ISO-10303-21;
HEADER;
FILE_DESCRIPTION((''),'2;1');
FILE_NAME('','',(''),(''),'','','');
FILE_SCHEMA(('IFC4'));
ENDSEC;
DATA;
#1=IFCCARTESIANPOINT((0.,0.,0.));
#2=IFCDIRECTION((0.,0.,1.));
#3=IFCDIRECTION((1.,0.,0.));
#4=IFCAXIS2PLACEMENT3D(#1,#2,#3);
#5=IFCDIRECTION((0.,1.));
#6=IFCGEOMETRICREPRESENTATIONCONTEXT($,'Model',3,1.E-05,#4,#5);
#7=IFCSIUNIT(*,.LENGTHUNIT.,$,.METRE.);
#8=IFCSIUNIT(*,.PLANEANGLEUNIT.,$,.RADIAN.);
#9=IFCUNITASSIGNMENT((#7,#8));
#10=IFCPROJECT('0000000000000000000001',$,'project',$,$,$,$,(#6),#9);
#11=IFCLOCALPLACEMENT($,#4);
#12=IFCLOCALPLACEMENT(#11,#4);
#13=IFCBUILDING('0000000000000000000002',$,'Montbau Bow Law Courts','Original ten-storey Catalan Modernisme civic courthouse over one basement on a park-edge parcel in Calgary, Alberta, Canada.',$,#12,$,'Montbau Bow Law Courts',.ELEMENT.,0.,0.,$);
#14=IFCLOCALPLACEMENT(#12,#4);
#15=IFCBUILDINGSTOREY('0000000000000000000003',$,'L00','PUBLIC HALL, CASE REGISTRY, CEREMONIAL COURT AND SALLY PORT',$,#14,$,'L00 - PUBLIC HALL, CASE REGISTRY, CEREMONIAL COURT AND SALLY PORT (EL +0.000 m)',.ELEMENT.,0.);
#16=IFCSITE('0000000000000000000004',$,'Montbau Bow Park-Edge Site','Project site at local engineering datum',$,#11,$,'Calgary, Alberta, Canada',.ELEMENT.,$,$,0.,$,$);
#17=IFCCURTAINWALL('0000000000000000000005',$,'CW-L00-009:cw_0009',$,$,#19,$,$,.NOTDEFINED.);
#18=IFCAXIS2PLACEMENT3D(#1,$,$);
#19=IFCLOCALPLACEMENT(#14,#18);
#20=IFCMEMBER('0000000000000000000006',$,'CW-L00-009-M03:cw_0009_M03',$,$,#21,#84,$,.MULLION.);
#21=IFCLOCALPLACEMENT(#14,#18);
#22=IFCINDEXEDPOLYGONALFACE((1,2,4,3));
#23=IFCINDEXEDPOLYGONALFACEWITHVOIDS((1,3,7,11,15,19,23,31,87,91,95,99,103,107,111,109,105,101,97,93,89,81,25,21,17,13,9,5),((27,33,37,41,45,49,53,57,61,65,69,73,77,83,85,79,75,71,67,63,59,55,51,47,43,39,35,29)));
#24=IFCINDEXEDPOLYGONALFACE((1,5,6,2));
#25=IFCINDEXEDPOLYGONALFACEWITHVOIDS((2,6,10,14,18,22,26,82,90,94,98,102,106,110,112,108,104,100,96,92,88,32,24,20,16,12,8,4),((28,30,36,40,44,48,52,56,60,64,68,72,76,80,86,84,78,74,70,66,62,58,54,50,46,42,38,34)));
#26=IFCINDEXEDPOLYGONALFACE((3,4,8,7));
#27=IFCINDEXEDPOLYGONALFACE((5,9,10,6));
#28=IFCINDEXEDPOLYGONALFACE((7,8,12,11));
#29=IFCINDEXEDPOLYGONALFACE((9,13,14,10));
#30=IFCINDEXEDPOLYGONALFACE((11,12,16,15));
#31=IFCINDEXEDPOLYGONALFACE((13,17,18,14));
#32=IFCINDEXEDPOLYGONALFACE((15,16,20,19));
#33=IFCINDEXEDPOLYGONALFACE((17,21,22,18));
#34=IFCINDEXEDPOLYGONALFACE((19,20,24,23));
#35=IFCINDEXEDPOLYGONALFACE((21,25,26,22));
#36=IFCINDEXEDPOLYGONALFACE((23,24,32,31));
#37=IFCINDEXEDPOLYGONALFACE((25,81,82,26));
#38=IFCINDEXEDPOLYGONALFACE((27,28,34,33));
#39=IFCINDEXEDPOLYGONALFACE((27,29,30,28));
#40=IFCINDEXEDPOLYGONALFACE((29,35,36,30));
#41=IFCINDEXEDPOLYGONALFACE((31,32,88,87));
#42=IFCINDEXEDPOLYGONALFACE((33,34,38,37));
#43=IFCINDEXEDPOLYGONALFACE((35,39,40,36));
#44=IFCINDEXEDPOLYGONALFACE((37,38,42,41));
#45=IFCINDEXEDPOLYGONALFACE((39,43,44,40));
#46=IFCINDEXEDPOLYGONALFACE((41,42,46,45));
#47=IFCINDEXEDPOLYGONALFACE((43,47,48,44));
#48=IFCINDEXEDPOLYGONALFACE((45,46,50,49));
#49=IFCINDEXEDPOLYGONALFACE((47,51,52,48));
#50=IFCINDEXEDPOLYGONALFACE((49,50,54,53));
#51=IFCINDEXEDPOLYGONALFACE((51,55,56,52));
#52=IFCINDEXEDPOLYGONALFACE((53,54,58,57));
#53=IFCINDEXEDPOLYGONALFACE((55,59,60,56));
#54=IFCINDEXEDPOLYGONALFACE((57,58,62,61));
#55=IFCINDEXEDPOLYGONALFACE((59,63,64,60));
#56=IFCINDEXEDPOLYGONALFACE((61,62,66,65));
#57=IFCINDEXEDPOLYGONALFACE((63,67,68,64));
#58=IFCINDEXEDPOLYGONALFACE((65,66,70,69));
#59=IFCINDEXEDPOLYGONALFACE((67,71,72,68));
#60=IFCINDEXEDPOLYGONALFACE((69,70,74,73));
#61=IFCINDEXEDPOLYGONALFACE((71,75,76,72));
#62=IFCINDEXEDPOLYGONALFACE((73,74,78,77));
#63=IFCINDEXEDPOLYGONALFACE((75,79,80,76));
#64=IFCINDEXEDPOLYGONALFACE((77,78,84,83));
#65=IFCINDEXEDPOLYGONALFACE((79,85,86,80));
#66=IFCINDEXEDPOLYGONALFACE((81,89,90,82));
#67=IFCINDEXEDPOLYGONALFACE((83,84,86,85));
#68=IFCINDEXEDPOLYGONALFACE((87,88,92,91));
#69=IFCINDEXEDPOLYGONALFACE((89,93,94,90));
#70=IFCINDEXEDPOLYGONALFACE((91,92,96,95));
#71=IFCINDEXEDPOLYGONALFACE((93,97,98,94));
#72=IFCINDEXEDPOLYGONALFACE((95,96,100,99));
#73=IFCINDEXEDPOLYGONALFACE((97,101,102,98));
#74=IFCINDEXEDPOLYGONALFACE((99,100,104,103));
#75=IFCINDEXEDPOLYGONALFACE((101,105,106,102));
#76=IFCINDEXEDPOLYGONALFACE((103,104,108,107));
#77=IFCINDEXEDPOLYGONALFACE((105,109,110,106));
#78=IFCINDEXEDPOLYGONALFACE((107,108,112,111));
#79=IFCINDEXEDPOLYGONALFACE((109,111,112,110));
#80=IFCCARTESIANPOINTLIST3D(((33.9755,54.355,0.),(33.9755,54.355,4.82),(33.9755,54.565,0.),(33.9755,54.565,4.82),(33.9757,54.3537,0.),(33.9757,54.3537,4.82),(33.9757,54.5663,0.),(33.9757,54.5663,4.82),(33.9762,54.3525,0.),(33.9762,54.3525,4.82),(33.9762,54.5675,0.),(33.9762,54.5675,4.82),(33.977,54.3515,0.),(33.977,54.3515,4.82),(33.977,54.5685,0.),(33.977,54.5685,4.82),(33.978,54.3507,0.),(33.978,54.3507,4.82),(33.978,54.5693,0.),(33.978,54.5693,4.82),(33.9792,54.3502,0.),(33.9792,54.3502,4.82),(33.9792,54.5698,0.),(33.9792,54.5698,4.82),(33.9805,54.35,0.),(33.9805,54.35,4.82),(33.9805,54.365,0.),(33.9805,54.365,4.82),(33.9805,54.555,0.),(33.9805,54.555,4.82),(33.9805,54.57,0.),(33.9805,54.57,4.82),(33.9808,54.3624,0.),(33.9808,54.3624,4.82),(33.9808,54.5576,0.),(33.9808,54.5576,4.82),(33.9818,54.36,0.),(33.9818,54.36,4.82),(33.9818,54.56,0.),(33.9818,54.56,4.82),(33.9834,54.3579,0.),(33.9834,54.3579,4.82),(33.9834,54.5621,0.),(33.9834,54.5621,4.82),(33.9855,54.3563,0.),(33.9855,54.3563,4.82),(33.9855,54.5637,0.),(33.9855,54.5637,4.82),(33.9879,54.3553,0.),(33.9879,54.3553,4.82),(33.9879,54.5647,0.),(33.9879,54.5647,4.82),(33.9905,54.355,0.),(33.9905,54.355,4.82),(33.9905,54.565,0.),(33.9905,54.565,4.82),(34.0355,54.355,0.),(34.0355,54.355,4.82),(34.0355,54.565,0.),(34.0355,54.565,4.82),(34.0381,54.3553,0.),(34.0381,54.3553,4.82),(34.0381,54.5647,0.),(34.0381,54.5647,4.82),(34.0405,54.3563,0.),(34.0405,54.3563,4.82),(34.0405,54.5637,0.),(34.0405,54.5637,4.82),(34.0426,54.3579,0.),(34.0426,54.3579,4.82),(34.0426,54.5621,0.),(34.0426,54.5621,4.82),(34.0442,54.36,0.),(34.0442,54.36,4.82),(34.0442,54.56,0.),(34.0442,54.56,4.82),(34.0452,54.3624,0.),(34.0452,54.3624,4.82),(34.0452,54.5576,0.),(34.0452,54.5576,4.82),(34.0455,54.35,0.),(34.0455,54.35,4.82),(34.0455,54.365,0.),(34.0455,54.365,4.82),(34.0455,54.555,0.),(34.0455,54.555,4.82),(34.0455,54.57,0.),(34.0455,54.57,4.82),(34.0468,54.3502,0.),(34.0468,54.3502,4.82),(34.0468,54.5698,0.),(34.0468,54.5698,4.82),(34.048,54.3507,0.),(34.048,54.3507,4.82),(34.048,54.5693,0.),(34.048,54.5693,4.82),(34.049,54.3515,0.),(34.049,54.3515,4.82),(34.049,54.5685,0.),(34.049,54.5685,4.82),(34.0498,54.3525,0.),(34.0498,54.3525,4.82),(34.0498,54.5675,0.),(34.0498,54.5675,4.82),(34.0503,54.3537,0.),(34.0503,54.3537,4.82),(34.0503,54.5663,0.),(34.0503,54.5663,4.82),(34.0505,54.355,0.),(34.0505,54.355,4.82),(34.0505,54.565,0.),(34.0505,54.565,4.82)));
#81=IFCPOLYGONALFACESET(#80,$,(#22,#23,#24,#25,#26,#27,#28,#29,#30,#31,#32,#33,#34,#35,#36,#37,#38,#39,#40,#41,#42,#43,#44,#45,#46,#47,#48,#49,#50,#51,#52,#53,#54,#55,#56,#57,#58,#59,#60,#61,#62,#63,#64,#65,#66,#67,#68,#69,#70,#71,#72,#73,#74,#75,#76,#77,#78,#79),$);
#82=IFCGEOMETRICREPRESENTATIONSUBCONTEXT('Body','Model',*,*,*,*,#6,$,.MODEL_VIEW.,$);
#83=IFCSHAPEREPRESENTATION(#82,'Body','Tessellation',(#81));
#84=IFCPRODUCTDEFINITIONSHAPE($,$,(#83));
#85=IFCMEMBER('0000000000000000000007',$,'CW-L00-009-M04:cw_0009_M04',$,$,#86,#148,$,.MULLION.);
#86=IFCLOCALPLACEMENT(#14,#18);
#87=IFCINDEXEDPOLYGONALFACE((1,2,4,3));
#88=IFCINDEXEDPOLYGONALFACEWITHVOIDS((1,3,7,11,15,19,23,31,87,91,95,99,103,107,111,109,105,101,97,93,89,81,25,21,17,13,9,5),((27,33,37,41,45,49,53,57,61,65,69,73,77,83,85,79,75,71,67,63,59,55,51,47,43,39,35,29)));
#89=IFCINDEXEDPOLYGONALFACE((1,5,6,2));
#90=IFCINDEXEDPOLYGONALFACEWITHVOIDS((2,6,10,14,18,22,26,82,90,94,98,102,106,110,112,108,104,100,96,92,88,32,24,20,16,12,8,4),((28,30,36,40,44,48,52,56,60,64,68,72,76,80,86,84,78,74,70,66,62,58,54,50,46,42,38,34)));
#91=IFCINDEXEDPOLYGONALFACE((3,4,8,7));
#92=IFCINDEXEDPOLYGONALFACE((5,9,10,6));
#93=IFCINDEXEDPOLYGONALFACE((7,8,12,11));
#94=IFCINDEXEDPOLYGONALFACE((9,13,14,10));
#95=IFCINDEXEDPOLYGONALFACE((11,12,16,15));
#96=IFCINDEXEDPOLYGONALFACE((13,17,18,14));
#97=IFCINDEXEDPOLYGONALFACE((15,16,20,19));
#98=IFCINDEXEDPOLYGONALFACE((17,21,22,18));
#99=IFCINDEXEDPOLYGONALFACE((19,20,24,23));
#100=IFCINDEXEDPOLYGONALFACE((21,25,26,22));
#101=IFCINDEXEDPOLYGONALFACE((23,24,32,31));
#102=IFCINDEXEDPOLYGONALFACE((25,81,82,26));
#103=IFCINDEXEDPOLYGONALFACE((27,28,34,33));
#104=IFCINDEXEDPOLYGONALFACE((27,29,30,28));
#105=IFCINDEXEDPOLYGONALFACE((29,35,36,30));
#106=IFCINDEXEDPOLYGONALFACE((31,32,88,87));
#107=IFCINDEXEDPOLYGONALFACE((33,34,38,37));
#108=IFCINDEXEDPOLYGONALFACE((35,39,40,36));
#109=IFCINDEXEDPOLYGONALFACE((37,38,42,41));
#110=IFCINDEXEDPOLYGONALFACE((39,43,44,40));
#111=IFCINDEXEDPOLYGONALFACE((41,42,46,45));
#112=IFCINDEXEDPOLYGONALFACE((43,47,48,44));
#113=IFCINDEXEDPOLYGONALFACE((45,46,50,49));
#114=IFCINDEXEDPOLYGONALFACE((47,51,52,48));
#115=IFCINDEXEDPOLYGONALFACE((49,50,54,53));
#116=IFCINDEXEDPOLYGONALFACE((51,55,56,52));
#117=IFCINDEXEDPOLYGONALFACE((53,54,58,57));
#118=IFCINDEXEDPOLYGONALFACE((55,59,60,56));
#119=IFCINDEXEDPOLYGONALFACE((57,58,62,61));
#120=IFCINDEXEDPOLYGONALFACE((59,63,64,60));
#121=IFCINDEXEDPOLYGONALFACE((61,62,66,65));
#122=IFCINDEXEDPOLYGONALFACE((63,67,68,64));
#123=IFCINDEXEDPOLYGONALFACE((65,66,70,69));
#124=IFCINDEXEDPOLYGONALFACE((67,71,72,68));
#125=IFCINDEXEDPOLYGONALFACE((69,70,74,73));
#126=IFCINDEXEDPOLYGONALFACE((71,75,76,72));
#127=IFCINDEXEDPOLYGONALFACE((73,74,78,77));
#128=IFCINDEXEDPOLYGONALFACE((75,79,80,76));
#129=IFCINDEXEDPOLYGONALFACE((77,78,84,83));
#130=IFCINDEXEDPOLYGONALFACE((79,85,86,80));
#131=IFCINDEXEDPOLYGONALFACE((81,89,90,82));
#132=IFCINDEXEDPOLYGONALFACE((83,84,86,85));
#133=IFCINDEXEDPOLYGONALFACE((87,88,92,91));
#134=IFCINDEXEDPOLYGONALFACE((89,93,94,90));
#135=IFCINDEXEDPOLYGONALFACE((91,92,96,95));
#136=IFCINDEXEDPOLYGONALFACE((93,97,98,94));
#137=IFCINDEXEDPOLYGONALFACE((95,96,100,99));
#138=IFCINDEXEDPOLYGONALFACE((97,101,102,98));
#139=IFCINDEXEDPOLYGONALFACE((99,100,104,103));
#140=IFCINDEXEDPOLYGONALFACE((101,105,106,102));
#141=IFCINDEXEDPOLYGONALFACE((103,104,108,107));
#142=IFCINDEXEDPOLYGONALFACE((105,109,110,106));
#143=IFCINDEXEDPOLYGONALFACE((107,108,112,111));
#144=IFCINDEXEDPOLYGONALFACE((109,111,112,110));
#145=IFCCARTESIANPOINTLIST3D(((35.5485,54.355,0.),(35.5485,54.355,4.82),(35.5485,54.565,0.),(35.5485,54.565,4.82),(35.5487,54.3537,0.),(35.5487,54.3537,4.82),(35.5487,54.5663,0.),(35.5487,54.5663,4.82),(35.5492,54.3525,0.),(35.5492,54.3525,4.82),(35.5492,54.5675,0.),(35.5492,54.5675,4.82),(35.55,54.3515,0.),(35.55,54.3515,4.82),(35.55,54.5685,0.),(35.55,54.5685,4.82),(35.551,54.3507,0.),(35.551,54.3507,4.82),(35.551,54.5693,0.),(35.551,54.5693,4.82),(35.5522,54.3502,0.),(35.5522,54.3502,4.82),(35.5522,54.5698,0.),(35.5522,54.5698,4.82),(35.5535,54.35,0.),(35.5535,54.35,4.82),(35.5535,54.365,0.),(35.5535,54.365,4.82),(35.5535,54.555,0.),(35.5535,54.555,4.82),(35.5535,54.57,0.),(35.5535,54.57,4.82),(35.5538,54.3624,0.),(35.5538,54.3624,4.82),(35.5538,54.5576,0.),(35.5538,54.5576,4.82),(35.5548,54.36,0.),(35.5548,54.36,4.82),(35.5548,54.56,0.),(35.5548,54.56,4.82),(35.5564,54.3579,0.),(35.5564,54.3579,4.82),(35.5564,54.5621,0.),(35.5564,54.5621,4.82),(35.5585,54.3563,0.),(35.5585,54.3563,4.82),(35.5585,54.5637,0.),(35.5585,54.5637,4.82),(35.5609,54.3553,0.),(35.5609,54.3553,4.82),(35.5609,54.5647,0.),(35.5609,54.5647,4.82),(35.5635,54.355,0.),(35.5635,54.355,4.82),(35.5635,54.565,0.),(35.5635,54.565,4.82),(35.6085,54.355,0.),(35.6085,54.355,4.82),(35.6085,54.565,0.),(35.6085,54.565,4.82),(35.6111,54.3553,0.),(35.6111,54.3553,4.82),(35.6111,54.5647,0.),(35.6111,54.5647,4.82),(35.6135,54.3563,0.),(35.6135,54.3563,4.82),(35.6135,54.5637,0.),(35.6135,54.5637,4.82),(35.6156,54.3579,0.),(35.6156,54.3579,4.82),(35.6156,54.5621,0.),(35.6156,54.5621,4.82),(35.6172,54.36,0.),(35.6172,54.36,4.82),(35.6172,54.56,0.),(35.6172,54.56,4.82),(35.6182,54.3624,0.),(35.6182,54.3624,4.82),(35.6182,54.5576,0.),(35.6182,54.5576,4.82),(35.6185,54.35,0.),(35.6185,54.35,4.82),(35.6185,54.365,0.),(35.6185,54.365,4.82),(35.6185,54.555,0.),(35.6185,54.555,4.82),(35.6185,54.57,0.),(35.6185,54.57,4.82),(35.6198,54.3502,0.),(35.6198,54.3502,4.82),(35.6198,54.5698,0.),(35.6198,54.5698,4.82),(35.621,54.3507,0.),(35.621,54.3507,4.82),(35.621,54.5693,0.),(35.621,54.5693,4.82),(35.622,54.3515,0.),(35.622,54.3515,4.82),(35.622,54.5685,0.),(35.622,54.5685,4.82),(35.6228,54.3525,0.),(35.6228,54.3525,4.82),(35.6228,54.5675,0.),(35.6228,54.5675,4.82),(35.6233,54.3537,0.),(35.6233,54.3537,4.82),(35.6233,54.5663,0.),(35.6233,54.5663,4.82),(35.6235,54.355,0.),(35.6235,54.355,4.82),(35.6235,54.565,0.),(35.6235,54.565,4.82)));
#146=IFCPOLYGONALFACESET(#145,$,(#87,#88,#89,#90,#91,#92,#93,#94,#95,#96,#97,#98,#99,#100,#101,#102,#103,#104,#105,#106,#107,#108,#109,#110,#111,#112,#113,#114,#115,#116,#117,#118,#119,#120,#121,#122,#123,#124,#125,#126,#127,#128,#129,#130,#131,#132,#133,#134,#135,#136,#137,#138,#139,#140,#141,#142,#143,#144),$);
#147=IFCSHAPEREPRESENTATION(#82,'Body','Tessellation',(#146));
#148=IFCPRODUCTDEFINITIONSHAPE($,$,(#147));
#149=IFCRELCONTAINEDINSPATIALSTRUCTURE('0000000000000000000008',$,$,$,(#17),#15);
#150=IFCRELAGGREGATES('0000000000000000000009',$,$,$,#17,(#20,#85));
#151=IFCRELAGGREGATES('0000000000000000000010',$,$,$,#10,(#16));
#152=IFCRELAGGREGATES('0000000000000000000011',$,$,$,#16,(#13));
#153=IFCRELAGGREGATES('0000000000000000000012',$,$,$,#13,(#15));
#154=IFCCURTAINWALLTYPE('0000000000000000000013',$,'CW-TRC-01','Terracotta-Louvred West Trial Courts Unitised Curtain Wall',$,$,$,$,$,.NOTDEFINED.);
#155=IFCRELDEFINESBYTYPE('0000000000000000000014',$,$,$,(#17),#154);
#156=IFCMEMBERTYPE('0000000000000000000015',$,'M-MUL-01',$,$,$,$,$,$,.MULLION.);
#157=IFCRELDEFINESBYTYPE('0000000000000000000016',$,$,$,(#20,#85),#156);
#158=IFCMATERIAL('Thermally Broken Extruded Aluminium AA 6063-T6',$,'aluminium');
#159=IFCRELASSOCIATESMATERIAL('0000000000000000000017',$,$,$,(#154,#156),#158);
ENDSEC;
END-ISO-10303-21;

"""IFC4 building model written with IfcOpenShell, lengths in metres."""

from ifc_helpers import new_model, si_unit, direction, frame, origin_with_axes, origin_2d_with_axis, place, context, subcontext, project, spatial, hollow_rectangle, extrude, material, material_profile, profile_set, type_object, element, aggregate, save


model = new_model("IFC4")

# Units and contexts
model_context = context("Model", 3, precision=1e-05, world=origin_with_axes(), true_north=direction((0.0, 1.0)))
body_context = subcontext(model_context, "Body", "Model", "MODEL_VIEW")
ifc_project = project(units=[si_unit("LENGTHUNIT", "METRE"), si_unit("PLANEANGLEUNIT", "RADIAN")], contexts=[model_context])

# Site, building, storey
site_placement = place(None, origin_with_axes())
site = spatial("IfcSite", under=ifc_project, at=site_placement, Name="Montbau Bow Park-Edge Site", Description="Project site at local engineering datum", LongName="Calgary, Alberta, Canada", CompositionType="ELEMENT", RefElevation=0.0)
building_placement = place(site_placement, origin_with_axes())
building = spatial("IfcBuilding", under=site, at=building_placement, Name="Montbau Bow Law Courts", Description="Original ten-storey Catalan Modernisme civic courthouse over one basement on a park-edge parcel in Calgary, Alberta, Canada.", LongName="Montbau Bow Law Courts", CompositionType="ELEMENT", ElevationOfRefHeight=0.0, ElevationOfTerrain=0.0)
storey_placement = place(building_placement, origin_with_axes())
storey = spatial("IfcBuildingStorey", under=building, at=storey_placement, Name="L00", Description="PUBLIC HALL, CASE REGISTRY, CEREMONIAL COURT AND SALLY PORT", LongName="L00 - PUBLIC HALL, CASE REGISTRY, CEREMONIAL COURT AND SALLY PORT (EL +0.000 m)", CompositionType="ELEMENT", Elevation=0.0)

# Curtain wall, members
ifc_material_1 = material(Name="Thermally Broken Extruded Aluminium AA 6063-T6", Category="aluminium")
curtain_wall_type = type_object("IfcCurtainWallType", Name="CW-TRC-01", Description="Terracotta-Louvred West Trial Courts Unitised Curtain Wall", PredefinedType="NOTDEFINED", material=ifc_material_1)
curtain_wall_1_placement = place(None, frame((30.867, 54.46, 0.0), z_axis=(0.0, 0.0, 1.0), x_axis=(1.0, 0.0, 0.0)))
curtain_wall_1 = element("IfcCurtainWall", 1, at=curtain_wall_1_placement, inside=storey, type_object=curtain_wall_type, Name="CW-L00-009:cw_0009", PredefinedType="NOTDEFINED")
ifc_material_profile_1 = material_profile(ifc_material_1, hollow_rectangle(XDim=0.075, YDim=0.22, WallThickness=0.005, InnerFilletRadius=0.01, OuterFilletRadius=0.005, at=origin_2d_with_axis()), Name="CWM-220X75", Category="Main", Priority=0)
ifc_profile_set_1 = profile_set([ifc_material_profile_1], Name="Thermally Broken Extruded Aluminium AA 6063-T6")
member_type_1 = type_object("IfcMemberType", Name="M-MUL-01", PredefinedType="MULLION", material=ifc_profile_set_1)
member_1_placement = place(None, frame((34.013, 54.46, 0.0), z_axis=(0.0, 0.0, 1.0), x_axis=(1.0, 0.0, 0.0)))
member_1 = element("IfcMember", 2, at=member_1_placement, type_object=member_type_1, Name="CW-L00-009-M03:cw_0009_M03", PredefinedType="MULLION", context=body_context, shape_type="SweptSolid", body=[
    extrude(hollow_rectangle(XDim=0.075, YDim=0.22, WallThickness=0.005, InnerFilletRadius=0.01, OuterFilletRadius=0.005, at=origin_2d_with_axis()), origin_with_axes(), (0.0, 0.0, 1.0), 4.82),
])
member_2_placement = place(None, frame((35.586, 54.46, 0.0), z_axis=(0.0, 0.0, 1.0), x_axis=(1.0, 0.0, 0.0)))
member_2 = element("IfcMember", 3, at=member_2_placement, type_object=member_type_1, Name="CW-L00-009-M04:cw_0009_M04", PredefinedType="MULLION", context=body_context, shape_type="SweptSolid", body=[
    extrude(hollow_rectangle(XDim=0.075, YDim=0.22, WallThickness=0.005, InnerFilletRadius=0.01, OuterFilletRadius=0.005, at=origin_2d_with_axis()), origin_with_axes(), (0.0, 0.0, 1.0), 4.82),
])

aggregate(curtain_wall_1, [member_1, member_2])

save(model, "model.ifc")
